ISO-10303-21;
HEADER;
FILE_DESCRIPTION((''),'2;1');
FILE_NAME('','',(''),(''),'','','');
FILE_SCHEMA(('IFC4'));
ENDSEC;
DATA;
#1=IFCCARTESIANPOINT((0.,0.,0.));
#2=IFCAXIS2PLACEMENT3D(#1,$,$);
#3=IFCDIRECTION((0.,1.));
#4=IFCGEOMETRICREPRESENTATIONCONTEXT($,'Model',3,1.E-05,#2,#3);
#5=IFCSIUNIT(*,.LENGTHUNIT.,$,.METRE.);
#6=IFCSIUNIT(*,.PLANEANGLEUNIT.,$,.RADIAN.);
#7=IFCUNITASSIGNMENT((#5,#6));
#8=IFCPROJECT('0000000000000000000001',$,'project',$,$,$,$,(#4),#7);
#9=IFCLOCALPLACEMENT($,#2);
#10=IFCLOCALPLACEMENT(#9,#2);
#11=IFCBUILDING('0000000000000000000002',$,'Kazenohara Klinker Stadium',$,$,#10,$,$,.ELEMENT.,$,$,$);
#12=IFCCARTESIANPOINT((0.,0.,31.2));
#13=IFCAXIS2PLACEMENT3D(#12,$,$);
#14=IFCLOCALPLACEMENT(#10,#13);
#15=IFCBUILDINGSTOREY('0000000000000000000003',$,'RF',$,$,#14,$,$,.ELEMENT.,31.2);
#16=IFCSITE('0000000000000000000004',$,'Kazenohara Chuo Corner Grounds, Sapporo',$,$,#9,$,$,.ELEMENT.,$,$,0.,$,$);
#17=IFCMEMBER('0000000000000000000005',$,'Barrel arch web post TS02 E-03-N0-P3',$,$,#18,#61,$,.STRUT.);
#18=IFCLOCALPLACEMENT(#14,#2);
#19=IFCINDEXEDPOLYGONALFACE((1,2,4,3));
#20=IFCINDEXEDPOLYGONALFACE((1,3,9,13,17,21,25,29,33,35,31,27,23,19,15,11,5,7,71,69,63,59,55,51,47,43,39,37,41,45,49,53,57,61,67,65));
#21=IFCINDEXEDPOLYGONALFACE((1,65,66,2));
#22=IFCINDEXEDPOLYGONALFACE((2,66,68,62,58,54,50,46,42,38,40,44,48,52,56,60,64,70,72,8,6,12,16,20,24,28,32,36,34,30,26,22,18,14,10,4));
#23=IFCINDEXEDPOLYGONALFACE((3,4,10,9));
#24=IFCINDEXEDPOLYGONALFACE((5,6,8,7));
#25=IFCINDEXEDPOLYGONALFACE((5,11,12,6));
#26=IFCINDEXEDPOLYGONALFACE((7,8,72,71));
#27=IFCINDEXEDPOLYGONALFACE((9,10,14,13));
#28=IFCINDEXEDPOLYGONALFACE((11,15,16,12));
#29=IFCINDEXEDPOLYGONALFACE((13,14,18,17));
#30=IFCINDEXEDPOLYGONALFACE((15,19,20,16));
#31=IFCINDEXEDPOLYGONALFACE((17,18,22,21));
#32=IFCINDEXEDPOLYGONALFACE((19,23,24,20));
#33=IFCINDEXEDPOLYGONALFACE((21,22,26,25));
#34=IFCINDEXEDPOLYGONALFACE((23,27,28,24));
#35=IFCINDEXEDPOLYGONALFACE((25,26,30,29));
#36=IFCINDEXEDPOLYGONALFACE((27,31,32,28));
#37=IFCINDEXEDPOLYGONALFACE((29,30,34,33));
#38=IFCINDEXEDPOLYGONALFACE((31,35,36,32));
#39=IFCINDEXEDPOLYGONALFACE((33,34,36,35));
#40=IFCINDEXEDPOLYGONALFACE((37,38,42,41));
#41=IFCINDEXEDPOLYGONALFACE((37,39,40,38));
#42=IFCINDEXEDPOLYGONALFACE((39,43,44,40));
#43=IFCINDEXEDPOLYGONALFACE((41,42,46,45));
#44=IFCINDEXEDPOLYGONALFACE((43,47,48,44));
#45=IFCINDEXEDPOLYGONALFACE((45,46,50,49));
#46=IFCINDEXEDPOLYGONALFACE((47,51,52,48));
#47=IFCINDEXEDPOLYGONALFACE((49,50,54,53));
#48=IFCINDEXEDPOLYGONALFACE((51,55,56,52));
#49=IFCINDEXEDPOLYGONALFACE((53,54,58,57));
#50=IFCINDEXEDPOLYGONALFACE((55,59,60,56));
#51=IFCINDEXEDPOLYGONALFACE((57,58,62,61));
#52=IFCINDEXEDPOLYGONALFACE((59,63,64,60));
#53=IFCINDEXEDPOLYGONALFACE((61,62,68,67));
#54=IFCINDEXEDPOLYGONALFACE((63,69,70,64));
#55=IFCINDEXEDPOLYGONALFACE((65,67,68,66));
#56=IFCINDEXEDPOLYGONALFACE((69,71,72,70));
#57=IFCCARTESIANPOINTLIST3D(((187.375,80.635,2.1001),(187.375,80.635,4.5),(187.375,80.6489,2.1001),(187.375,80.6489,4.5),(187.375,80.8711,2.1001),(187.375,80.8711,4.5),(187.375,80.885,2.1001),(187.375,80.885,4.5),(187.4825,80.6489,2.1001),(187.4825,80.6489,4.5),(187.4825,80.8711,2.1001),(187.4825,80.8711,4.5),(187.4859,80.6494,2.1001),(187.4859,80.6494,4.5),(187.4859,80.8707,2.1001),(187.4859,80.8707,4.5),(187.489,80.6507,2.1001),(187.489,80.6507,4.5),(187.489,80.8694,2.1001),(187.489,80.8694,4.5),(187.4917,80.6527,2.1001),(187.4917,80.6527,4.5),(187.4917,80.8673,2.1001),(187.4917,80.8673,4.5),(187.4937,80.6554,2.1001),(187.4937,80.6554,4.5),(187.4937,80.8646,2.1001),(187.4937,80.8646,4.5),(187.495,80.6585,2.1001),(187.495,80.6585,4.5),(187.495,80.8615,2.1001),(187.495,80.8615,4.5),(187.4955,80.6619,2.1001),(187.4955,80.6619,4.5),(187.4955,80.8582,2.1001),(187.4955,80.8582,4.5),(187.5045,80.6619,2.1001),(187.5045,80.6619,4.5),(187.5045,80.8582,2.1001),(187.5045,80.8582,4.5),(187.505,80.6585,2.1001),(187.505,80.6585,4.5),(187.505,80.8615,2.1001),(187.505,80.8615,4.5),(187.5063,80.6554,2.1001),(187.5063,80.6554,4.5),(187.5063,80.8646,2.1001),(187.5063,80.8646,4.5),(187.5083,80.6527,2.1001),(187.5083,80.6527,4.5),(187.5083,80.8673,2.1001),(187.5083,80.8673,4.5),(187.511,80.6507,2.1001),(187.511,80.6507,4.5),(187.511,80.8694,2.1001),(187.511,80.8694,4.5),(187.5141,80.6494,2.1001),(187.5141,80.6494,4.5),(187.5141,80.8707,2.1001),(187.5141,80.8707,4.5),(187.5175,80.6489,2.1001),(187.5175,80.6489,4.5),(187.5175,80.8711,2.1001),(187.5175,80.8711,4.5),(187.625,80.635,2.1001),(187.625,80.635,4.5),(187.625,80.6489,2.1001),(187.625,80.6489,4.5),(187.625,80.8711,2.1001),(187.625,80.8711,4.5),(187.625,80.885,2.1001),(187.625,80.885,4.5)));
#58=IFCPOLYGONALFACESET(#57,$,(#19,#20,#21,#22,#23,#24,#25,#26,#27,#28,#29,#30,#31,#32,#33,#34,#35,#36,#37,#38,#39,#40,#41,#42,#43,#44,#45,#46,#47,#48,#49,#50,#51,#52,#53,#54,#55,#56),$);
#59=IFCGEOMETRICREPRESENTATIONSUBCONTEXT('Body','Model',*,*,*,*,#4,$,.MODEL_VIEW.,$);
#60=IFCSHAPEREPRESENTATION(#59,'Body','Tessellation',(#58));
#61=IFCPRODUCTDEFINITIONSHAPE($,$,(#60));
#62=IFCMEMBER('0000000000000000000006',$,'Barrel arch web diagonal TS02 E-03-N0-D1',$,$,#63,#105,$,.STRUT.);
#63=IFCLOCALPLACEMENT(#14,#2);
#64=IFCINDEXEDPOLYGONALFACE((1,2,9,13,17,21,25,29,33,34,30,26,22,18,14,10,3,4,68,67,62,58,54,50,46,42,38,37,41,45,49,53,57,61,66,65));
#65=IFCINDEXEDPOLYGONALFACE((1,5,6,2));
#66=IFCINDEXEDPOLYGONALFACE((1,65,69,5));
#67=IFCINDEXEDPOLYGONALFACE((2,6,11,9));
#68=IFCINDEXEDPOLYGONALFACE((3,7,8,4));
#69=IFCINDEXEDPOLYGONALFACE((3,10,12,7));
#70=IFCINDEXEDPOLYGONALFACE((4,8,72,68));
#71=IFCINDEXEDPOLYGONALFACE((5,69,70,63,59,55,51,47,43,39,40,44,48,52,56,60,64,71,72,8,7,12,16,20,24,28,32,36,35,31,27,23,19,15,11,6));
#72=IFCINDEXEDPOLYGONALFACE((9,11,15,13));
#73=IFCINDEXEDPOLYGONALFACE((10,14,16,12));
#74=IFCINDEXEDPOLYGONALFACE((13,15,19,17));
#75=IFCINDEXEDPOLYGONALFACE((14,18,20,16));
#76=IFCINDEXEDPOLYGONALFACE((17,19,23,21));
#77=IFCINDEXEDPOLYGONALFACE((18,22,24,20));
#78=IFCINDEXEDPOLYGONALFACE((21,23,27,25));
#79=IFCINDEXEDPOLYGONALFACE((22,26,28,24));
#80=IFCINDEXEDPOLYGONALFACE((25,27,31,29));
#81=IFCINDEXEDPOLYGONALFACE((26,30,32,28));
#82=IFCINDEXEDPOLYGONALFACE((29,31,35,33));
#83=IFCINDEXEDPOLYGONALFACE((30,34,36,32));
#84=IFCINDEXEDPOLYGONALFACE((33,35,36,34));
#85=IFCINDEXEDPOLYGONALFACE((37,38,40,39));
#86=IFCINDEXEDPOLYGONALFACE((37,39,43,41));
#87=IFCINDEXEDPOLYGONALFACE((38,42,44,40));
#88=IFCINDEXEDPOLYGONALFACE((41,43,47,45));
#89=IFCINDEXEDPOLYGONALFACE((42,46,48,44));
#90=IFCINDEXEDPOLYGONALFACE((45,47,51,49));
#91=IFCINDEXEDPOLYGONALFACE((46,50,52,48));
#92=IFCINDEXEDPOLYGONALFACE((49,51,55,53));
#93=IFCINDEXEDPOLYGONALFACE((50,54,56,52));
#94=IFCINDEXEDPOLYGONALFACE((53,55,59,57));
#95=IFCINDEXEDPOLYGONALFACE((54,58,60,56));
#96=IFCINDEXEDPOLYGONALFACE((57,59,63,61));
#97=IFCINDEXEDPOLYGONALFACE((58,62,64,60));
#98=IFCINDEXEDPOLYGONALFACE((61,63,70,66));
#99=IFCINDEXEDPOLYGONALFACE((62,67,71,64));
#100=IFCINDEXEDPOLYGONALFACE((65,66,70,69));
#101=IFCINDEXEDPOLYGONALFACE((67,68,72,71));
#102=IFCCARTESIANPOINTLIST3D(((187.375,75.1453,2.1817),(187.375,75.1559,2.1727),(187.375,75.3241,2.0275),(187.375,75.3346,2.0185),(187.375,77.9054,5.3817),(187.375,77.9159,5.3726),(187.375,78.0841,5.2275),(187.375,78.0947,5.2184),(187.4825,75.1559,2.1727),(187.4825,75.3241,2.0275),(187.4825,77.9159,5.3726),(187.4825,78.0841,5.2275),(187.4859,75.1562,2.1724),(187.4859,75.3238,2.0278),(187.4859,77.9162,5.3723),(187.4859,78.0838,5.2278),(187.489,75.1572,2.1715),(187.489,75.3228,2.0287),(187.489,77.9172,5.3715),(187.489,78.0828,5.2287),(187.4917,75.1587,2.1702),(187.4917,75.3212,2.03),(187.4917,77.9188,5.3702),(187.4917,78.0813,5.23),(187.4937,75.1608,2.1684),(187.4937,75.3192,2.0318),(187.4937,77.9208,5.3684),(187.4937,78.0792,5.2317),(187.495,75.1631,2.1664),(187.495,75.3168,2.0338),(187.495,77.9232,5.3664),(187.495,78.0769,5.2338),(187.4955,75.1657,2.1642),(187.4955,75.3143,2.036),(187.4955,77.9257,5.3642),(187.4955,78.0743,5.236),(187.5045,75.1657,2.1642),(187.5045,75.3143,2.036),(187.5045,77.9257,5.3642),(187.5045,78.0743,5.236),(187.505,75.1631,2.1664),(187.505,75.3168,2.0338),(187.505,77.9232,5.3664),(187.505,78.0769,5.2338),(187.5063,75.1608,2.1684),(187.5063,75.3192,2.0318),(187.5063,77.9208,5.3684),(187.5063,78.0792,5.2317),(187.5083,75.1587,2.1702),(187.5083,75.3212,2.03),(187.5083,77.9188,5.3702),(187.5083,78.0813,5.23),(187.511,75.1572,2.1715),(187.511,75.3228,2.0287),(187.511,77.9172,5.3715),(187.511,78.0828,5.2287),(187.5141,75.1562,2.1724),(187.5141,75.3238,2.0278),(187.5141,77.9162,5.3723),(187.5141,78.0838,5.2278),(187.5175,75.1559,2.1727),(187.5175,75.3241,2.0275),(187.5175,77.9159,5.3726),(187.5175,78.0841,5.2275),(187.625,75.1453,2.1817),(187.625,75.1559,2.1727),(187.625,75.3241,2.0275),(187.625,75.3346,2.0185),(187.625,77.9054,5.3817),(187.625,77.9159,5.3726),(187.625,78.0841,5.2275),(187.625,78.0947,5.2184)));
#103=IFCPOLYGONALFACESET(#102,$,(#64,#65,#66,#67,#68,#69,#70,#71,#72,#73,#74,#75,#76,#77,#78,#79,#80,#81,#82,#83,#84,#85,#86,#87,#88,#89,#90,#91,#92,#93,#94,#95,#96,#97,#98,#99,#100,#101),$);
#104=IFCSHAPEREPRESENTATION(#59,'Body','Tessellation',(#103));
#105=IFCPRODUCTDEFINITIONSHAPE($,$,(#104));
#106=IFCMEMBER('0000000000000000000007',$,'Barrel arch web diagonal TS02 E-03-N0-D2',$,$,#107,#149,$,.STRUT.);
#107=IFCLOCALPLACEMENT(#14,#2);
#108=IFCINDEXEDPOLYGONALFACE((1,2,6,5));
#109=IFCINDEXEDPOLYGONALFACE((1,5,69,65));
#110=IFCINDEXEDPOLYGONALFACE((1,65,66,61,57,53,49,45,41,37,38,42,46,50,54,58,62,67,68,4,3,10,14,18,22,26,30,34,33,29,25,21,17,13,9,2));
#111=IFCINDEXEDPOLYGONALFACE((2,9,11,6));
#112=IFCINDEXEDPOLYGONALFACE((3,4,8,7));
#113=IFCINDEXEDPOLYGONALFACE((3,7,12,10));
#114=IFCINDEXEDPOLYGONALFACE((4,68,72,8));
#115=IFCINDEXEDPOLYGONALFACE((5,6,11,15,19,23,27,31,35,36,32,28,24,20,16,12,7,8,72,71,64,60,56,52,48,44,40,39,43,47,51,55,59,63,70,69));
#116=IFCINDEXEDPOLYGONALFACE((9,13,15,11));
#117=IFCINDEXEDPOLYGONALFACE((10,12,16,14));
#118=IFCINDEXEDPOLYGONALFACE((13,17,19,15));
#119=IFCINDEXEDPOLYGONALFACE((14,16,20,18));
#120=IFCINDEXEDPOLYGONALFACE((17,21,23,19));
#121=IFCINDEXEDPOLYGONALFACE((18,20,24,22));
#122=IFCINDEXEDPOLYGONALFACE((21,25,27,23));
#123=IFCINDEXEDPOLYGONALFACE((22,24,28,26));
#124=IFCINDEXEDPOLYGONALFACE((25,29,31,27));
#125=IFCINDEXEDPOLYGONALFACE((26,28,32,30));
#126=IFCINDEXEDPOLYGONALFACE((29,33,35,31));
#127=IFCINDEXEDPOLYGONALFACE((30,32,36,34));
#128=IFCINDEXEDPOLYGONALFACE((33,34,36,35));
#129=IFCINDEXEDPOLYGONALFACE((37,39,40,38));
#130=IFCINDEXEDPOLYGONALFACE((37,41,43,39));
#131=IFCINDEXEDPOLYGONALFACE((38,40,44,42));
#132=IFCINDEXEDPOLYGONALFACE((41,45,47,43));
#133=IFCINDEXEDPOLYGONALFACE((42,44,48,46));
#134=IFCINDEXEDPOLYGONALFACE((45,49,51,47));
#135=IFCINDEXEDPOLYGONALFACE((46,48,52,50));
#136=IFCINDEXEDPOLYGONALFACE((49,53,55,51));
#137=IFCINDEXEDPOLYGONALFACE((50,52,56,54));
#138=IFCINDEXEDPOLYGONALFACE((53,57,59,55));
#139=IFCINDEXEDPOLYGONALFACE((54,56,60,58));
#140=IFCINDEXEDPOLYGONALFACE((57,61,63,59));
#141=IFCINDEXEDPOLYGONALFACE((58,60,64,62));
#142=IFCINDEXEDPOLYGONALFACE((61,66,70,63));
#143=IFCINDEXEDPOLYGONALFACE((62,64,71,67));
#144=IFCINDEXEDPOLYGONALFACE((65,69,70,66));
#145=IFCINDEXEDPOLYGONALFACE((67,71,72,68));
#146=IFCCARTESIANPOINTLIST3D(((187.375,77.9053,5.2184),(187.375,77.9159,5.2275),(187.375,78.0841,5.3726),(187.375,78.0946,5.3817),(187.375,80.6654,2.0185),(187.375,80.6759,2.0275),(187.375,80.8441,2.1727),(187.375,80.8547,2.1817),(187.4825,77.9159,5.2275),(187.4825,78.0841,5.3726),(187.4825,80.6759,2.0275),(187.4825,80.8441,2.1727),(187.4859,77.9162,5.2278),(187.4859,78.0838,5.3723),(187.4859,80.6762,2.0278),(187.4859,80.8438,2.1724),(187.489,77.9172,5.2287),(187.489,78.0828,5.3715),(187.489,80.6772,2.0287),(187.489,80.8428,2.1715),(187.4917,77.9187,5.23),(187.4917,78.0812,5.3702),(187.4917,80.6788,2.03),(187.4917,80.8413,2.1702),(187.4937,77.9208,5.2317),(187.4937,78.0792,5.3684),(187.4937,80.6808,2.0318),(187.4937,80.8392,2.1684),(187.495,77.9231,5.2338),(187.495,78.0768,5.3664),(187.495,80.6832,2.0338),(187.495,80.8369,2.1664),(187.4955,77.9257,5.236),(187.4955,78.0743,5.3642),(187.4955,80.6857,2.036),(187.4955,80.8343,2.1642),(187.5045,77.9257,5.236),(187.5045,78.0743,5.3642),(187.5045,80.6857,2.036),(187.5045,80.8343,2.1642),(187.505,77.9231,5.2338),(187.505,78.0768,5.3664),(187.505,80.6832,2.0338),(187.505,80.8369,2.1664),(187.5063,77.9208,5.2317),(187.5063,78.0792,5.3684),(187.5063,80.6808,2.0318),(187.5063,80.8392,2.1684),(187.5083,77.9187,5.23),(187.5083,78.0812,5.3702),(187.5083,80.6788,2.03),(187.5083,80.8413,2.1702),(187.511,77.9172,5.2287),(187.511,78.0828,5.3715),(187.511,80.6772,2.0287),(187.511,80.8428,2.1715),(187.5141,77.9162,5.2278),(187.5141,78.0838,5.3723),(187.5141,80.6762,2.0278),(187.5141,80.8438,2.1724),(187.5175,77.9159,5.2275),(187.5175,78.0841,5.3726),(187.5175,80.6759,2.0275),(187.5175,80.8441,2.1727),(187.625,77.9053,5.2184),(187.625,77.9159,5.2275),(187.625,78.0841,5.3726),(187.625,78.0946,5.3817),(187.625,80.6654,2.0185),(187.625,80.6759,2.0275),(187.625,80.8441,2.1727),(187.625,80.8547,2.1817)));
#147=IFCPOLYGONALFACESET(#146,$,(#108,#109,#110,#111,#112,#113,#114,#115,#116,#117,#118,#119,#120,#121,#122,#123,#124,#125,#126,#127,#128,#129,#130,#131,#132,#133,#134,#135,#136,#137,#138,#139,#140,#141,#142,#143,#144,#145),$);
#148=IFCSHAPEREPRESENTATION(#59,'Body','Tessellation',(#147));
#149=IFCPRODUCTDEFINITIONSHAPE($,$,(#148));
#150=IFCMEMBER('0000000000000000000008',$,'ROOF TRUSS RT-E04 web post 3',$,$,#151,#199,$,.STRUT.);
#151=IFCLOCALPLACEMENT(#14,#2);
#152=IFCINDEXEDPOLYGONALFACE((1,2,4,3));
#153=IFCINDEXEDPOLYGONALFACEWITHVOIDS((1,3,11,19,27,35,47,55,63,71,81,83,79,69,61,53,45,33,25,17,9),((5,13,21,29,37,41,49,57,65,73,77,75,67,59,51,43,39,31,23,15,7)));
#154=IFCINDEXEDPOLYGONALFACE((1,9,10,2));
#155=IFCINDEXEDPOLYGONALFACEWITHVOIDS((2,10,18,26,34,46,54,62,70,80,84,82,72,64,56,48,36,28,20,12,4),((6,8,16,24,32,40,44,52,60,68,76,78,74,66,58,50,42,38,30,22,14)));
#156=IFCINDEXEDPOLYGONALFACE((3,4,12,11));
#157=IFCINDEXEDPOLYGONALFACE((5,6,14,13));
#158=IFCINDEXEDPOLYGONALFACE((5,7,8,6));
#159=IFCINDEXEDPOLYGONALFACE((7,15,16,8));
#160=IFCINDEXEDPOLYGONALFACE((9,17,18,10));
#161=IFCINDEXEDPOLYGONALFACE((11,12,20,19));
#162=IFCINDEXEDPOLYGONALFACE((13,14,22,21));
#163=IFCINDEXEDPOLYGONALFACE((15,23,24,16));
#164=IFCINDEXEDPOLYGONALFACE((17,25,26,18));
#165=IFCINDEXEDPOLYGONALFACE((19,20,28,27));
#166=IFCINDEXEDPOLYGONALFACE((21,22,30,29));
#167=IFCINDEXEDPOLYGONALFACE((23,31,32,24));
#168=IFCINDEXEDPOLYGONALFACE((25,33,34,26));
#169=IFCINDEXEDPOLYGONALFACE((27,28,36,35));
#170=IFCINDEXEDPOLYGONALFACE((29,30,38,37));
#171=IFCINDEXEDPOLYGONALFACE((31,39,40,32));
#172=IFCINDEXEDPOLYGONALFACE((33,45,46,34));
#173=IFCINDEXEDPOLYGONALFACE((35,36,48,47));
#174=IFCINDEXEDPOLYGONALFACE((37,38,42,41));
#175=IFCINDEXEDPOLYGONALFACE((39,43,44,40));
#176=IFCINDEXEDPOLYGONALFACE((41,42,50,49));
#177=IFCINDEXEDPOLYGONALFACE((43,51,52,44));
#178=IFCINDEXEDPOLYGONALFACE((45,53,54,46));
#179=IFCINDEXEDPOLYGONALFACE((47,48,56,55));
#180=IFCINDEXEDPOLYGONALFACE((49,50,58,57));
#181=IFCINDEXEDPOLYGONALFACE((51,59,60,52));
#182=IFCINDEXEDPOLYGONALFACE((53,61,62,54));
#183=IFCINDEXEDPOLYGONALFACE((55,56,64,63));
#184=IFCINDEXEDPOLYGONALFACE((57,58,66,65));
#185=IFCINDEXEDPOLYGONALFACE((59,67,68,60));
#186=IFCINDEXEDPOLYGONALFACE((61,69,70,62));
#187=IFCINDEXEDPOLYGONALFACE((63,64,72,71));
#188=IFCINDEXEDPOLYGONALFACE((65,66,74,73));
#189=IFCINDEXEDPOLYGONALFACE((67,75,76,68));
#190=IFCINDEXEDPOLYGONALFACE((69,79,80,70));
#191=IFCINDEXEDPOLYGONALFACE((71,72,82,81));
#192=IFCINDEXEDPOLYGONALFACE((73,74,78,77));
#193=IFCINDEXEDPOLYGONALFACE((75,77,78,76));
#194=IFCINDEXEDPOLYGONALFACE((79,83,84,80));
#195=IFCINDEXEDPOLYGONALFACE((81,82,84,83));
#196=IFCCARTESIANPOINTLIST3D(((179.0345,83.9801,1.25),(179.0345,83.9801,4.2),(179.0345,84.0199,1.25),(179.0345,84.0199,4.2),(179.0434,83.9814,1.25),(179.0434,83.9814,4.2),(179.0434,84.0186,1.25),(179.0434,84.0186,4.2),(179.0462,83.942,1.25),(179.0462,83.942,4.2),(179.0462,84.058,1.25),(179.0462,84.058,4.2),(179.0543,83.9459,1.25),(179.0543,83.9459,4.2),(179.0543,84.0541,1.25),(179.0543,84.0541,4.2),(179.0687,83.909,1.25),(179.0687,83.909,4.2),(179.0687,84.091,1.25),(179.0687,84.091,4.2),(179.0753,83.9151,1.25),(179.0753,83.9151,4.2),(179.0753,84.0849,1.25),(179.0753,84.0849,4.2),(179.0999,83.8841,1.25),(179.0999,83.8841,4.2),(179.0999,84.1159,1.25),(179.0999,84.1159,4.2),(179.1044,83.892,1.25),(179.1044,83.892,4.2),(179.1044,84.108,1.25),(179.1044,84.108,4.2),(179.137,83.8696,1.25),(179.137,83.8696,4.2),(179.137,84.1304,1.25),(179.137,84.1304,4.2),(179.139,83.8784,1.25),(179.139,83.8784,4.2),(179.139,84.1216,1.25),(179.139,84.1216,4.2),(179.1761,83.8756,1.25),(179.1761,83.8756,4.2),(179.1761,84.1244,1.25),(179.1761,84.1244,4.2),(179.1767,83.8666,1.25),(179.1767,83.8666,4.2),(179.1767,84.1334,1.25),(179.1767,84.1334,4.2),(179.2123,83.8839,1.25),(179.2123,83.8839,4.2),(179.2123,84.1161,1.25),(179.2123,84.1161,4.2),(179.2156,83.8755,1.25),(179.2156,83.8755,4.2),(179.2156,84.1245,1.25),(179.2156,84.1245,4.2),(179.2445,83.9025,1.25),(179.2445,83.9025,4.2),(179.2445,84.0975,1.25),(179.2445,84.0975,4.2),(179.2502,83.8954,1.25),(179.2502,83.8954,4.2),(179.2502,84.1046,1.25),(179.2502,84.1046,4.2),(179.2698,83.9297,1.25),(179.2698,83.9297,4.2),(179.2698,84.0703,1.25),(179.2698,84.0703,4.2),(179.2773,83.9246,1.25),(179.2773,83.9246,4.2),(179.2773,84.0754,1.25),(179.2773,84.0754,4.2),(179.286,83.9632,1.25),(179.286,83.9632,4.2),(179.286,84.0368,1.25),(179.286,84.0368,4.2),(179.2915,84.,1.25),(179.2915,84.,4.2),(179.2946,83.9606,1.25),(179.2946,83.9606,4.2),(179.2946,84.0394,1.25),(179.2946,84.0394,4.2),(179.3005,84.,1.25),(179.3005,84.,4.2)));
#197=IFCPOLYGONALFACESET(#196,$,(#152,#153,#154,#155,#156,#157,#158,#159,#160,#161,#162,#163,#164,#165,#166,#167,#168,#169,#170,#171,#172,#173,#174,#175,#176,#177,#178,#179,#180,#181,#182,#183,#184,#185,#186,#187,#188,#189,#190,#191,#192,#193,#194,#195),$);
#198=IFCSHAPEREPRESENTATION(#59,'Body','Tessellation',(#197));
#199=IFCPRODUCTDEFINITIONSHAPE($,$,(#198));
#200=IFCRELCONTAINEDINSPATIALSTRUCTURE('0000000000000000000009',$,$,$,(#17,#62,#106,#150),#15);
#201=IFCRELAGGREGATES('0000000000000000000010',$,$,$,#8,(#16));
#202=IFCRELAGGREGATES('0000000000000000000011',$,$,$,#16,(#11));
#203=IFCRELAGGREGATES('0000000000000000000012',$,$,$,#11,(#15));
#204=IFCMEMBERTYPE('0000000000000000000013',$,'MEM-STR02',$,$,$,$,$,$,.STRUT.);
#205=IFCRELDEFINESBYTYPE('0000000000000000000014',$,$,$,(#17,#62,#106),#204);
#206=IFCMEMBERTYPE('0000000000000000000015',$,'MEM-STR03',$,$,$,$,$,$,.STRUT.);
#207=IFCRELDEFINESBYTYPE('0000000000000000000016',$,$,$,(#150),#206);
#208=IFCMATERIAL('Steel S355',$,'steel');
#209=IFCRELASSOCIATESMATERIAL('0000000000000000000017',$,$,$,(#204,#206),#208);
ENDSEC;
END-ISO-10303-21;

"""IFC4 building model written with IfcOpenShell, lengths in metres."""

from ifc_helpers import new_model, si_unit, direction, frame, origin, origin_2d, place, context, subcontext, project, spatial, hollow_circle, i_section, extrude, material, material_profile, profile_set, type_object, element, save


model = new_model("IFC4")

# Units and contexts
model_context = context("Model", 3, precision=1e-05, world=origin(), true_north=direction((0.0, 1.0)))
body_context = subcontext(model_context, "Body", "Model", "MODEL_VIEW")
ifc_project = project(units=[si_unit("LENGTHUNIT", "METRE"), si_unit("PLANEANGLEUNIT", "RADIAN")], contexts=[model_context])

# Site, building, storey
site_placement = place(None, origin())
site = spatial("IfcSite", under=ifc_project, at=site_placement, Name="Kazenohara Chuo Corner Grounds, Sapporo", CompositionType="ELEMENT", RefElevation=0.0)
building_placement = place(site_placement, origin())
building = spatial("IfcBuilding", under=site, at=building_placement, Name="Kazenohara Klinker Stadium", CompositionType="ELEMENT")
storey_placement = place(building_placement, frame((0.0, 0.0, 31.2)))
storey = spatial("IfcBuildingStorey", under=building, at=storey_placement, Name="RF", CompositionType="ELEMENT", Elevation=31.2)

# Members
ifc_material_1 = material(Name="Steel S355", Category="steel")
ifc_material_profile_1 = material_profile(ifc_material_1, i_section(OverallWidth=0.25, OverallDepth=0.25, WebThickness=0.009, FlangeThickness=0.0139, FilletRadius=0.0129, at=origin_2d()), Name="H-250x250x9x14")
ifc_profile_set_1 = profile_set([ifc_material_profile_1], Name="Steel S355")
member_type_1 = type_object("IfcMemberType", Name="MEM-STR02", PredefinedType="STRUT", material=ifc_profile_set_1)
member_1_placement = place(storey_placement, frame((187.5, 80.76, 2.1001), z_axis=(0.0, 0.0, 1.0), x_axis=(1.0, 0.0, 0.0)))
element("IfcMember", 1, at=member_1_placement, inside=storey, type_object=member_type_1, Name="Barrel arch web post TS02 E-03-N0-P3", PredefinedType="STRUT", context=body_context, shape_type="SweptSolid", body=[
    extrude(i_section(OverallWidth=0.25, OverallDepth=0.25, WebThickness=0.009, FlangeThickness=0.0139, FilletRadius=0.0129, at=origin_2d()), origin(), (0.0, 0.0, 1.0), 2.3999),
])
for number, where, z_axis, x_axis, name in (
    (2, (187.5, 75.24, 2.1001), (0.0, 0.653134, 0.757242), (-1.0, 0.0, 0.0), "Barrel arch web diagonal TS02 E-03-N0-D1"),
    (3, (187.5, 80.76, 2.1001), (0.0, -0.653134, 0.757242), (1.0, 0.0, 0.0), "Barrel arch web diagonal TS02 E-03-N0-D2"),
):
    element("IfcMember", number, at=place(storey_placement, frame(where, z_axis=z_axis, x_axis=x_axis)), inside=storey, type_object=member_type_1, Name=name, PredefinedType="STRUT", context=body_context, shape_type="SweptSolid", body=[
        extrude(i_section(OverallWidth=0.25, OverallDepth=0.25, WebThickness=0.009, FlangeThickness=0.0139, FilletRadius=0.0129, at=origin_2d()), origin(), (0.0, 0.0, 1.0), 4.2258),
    ])
ifc_material_profile_2 = material_profile(ifc_material_1, hollow_circle(Radius=0.1338, WallThickness=0.009, at=origin_2d()), Name="CHS-267.4x9")
ifc_profile_set_2 = profile_set([ifc_material_profile_2], Name="Steel S355")
member_type_2 = type_object("IfcMemberType", Name="MEM-STR03", PredefinedType="STRUT", material=ifc_profile_set_2)
member_2_placement = place(storey_placement, frame((179.1667, 84.0, 1.25), z_axis=(0.0, 0.0, 1.0), x_axis=(1.0, 0.0, 0.0)))
element("IfcMember", 4, at=member_2_placement, inside=storey, type_object=member_type_2, Name="ROOF TRUSS RT-E04 web post 3", PredefinedType="STRUT", context=body_context, shape_type="SweptSolid", body=[
    extrude(hollow_circle(Radius=0.1338, WallThickness=0.009, at=origin_2d()), origin(), (0.0, 0.0, 1.0), 2.95),
])

save(model, "model.ifc")
